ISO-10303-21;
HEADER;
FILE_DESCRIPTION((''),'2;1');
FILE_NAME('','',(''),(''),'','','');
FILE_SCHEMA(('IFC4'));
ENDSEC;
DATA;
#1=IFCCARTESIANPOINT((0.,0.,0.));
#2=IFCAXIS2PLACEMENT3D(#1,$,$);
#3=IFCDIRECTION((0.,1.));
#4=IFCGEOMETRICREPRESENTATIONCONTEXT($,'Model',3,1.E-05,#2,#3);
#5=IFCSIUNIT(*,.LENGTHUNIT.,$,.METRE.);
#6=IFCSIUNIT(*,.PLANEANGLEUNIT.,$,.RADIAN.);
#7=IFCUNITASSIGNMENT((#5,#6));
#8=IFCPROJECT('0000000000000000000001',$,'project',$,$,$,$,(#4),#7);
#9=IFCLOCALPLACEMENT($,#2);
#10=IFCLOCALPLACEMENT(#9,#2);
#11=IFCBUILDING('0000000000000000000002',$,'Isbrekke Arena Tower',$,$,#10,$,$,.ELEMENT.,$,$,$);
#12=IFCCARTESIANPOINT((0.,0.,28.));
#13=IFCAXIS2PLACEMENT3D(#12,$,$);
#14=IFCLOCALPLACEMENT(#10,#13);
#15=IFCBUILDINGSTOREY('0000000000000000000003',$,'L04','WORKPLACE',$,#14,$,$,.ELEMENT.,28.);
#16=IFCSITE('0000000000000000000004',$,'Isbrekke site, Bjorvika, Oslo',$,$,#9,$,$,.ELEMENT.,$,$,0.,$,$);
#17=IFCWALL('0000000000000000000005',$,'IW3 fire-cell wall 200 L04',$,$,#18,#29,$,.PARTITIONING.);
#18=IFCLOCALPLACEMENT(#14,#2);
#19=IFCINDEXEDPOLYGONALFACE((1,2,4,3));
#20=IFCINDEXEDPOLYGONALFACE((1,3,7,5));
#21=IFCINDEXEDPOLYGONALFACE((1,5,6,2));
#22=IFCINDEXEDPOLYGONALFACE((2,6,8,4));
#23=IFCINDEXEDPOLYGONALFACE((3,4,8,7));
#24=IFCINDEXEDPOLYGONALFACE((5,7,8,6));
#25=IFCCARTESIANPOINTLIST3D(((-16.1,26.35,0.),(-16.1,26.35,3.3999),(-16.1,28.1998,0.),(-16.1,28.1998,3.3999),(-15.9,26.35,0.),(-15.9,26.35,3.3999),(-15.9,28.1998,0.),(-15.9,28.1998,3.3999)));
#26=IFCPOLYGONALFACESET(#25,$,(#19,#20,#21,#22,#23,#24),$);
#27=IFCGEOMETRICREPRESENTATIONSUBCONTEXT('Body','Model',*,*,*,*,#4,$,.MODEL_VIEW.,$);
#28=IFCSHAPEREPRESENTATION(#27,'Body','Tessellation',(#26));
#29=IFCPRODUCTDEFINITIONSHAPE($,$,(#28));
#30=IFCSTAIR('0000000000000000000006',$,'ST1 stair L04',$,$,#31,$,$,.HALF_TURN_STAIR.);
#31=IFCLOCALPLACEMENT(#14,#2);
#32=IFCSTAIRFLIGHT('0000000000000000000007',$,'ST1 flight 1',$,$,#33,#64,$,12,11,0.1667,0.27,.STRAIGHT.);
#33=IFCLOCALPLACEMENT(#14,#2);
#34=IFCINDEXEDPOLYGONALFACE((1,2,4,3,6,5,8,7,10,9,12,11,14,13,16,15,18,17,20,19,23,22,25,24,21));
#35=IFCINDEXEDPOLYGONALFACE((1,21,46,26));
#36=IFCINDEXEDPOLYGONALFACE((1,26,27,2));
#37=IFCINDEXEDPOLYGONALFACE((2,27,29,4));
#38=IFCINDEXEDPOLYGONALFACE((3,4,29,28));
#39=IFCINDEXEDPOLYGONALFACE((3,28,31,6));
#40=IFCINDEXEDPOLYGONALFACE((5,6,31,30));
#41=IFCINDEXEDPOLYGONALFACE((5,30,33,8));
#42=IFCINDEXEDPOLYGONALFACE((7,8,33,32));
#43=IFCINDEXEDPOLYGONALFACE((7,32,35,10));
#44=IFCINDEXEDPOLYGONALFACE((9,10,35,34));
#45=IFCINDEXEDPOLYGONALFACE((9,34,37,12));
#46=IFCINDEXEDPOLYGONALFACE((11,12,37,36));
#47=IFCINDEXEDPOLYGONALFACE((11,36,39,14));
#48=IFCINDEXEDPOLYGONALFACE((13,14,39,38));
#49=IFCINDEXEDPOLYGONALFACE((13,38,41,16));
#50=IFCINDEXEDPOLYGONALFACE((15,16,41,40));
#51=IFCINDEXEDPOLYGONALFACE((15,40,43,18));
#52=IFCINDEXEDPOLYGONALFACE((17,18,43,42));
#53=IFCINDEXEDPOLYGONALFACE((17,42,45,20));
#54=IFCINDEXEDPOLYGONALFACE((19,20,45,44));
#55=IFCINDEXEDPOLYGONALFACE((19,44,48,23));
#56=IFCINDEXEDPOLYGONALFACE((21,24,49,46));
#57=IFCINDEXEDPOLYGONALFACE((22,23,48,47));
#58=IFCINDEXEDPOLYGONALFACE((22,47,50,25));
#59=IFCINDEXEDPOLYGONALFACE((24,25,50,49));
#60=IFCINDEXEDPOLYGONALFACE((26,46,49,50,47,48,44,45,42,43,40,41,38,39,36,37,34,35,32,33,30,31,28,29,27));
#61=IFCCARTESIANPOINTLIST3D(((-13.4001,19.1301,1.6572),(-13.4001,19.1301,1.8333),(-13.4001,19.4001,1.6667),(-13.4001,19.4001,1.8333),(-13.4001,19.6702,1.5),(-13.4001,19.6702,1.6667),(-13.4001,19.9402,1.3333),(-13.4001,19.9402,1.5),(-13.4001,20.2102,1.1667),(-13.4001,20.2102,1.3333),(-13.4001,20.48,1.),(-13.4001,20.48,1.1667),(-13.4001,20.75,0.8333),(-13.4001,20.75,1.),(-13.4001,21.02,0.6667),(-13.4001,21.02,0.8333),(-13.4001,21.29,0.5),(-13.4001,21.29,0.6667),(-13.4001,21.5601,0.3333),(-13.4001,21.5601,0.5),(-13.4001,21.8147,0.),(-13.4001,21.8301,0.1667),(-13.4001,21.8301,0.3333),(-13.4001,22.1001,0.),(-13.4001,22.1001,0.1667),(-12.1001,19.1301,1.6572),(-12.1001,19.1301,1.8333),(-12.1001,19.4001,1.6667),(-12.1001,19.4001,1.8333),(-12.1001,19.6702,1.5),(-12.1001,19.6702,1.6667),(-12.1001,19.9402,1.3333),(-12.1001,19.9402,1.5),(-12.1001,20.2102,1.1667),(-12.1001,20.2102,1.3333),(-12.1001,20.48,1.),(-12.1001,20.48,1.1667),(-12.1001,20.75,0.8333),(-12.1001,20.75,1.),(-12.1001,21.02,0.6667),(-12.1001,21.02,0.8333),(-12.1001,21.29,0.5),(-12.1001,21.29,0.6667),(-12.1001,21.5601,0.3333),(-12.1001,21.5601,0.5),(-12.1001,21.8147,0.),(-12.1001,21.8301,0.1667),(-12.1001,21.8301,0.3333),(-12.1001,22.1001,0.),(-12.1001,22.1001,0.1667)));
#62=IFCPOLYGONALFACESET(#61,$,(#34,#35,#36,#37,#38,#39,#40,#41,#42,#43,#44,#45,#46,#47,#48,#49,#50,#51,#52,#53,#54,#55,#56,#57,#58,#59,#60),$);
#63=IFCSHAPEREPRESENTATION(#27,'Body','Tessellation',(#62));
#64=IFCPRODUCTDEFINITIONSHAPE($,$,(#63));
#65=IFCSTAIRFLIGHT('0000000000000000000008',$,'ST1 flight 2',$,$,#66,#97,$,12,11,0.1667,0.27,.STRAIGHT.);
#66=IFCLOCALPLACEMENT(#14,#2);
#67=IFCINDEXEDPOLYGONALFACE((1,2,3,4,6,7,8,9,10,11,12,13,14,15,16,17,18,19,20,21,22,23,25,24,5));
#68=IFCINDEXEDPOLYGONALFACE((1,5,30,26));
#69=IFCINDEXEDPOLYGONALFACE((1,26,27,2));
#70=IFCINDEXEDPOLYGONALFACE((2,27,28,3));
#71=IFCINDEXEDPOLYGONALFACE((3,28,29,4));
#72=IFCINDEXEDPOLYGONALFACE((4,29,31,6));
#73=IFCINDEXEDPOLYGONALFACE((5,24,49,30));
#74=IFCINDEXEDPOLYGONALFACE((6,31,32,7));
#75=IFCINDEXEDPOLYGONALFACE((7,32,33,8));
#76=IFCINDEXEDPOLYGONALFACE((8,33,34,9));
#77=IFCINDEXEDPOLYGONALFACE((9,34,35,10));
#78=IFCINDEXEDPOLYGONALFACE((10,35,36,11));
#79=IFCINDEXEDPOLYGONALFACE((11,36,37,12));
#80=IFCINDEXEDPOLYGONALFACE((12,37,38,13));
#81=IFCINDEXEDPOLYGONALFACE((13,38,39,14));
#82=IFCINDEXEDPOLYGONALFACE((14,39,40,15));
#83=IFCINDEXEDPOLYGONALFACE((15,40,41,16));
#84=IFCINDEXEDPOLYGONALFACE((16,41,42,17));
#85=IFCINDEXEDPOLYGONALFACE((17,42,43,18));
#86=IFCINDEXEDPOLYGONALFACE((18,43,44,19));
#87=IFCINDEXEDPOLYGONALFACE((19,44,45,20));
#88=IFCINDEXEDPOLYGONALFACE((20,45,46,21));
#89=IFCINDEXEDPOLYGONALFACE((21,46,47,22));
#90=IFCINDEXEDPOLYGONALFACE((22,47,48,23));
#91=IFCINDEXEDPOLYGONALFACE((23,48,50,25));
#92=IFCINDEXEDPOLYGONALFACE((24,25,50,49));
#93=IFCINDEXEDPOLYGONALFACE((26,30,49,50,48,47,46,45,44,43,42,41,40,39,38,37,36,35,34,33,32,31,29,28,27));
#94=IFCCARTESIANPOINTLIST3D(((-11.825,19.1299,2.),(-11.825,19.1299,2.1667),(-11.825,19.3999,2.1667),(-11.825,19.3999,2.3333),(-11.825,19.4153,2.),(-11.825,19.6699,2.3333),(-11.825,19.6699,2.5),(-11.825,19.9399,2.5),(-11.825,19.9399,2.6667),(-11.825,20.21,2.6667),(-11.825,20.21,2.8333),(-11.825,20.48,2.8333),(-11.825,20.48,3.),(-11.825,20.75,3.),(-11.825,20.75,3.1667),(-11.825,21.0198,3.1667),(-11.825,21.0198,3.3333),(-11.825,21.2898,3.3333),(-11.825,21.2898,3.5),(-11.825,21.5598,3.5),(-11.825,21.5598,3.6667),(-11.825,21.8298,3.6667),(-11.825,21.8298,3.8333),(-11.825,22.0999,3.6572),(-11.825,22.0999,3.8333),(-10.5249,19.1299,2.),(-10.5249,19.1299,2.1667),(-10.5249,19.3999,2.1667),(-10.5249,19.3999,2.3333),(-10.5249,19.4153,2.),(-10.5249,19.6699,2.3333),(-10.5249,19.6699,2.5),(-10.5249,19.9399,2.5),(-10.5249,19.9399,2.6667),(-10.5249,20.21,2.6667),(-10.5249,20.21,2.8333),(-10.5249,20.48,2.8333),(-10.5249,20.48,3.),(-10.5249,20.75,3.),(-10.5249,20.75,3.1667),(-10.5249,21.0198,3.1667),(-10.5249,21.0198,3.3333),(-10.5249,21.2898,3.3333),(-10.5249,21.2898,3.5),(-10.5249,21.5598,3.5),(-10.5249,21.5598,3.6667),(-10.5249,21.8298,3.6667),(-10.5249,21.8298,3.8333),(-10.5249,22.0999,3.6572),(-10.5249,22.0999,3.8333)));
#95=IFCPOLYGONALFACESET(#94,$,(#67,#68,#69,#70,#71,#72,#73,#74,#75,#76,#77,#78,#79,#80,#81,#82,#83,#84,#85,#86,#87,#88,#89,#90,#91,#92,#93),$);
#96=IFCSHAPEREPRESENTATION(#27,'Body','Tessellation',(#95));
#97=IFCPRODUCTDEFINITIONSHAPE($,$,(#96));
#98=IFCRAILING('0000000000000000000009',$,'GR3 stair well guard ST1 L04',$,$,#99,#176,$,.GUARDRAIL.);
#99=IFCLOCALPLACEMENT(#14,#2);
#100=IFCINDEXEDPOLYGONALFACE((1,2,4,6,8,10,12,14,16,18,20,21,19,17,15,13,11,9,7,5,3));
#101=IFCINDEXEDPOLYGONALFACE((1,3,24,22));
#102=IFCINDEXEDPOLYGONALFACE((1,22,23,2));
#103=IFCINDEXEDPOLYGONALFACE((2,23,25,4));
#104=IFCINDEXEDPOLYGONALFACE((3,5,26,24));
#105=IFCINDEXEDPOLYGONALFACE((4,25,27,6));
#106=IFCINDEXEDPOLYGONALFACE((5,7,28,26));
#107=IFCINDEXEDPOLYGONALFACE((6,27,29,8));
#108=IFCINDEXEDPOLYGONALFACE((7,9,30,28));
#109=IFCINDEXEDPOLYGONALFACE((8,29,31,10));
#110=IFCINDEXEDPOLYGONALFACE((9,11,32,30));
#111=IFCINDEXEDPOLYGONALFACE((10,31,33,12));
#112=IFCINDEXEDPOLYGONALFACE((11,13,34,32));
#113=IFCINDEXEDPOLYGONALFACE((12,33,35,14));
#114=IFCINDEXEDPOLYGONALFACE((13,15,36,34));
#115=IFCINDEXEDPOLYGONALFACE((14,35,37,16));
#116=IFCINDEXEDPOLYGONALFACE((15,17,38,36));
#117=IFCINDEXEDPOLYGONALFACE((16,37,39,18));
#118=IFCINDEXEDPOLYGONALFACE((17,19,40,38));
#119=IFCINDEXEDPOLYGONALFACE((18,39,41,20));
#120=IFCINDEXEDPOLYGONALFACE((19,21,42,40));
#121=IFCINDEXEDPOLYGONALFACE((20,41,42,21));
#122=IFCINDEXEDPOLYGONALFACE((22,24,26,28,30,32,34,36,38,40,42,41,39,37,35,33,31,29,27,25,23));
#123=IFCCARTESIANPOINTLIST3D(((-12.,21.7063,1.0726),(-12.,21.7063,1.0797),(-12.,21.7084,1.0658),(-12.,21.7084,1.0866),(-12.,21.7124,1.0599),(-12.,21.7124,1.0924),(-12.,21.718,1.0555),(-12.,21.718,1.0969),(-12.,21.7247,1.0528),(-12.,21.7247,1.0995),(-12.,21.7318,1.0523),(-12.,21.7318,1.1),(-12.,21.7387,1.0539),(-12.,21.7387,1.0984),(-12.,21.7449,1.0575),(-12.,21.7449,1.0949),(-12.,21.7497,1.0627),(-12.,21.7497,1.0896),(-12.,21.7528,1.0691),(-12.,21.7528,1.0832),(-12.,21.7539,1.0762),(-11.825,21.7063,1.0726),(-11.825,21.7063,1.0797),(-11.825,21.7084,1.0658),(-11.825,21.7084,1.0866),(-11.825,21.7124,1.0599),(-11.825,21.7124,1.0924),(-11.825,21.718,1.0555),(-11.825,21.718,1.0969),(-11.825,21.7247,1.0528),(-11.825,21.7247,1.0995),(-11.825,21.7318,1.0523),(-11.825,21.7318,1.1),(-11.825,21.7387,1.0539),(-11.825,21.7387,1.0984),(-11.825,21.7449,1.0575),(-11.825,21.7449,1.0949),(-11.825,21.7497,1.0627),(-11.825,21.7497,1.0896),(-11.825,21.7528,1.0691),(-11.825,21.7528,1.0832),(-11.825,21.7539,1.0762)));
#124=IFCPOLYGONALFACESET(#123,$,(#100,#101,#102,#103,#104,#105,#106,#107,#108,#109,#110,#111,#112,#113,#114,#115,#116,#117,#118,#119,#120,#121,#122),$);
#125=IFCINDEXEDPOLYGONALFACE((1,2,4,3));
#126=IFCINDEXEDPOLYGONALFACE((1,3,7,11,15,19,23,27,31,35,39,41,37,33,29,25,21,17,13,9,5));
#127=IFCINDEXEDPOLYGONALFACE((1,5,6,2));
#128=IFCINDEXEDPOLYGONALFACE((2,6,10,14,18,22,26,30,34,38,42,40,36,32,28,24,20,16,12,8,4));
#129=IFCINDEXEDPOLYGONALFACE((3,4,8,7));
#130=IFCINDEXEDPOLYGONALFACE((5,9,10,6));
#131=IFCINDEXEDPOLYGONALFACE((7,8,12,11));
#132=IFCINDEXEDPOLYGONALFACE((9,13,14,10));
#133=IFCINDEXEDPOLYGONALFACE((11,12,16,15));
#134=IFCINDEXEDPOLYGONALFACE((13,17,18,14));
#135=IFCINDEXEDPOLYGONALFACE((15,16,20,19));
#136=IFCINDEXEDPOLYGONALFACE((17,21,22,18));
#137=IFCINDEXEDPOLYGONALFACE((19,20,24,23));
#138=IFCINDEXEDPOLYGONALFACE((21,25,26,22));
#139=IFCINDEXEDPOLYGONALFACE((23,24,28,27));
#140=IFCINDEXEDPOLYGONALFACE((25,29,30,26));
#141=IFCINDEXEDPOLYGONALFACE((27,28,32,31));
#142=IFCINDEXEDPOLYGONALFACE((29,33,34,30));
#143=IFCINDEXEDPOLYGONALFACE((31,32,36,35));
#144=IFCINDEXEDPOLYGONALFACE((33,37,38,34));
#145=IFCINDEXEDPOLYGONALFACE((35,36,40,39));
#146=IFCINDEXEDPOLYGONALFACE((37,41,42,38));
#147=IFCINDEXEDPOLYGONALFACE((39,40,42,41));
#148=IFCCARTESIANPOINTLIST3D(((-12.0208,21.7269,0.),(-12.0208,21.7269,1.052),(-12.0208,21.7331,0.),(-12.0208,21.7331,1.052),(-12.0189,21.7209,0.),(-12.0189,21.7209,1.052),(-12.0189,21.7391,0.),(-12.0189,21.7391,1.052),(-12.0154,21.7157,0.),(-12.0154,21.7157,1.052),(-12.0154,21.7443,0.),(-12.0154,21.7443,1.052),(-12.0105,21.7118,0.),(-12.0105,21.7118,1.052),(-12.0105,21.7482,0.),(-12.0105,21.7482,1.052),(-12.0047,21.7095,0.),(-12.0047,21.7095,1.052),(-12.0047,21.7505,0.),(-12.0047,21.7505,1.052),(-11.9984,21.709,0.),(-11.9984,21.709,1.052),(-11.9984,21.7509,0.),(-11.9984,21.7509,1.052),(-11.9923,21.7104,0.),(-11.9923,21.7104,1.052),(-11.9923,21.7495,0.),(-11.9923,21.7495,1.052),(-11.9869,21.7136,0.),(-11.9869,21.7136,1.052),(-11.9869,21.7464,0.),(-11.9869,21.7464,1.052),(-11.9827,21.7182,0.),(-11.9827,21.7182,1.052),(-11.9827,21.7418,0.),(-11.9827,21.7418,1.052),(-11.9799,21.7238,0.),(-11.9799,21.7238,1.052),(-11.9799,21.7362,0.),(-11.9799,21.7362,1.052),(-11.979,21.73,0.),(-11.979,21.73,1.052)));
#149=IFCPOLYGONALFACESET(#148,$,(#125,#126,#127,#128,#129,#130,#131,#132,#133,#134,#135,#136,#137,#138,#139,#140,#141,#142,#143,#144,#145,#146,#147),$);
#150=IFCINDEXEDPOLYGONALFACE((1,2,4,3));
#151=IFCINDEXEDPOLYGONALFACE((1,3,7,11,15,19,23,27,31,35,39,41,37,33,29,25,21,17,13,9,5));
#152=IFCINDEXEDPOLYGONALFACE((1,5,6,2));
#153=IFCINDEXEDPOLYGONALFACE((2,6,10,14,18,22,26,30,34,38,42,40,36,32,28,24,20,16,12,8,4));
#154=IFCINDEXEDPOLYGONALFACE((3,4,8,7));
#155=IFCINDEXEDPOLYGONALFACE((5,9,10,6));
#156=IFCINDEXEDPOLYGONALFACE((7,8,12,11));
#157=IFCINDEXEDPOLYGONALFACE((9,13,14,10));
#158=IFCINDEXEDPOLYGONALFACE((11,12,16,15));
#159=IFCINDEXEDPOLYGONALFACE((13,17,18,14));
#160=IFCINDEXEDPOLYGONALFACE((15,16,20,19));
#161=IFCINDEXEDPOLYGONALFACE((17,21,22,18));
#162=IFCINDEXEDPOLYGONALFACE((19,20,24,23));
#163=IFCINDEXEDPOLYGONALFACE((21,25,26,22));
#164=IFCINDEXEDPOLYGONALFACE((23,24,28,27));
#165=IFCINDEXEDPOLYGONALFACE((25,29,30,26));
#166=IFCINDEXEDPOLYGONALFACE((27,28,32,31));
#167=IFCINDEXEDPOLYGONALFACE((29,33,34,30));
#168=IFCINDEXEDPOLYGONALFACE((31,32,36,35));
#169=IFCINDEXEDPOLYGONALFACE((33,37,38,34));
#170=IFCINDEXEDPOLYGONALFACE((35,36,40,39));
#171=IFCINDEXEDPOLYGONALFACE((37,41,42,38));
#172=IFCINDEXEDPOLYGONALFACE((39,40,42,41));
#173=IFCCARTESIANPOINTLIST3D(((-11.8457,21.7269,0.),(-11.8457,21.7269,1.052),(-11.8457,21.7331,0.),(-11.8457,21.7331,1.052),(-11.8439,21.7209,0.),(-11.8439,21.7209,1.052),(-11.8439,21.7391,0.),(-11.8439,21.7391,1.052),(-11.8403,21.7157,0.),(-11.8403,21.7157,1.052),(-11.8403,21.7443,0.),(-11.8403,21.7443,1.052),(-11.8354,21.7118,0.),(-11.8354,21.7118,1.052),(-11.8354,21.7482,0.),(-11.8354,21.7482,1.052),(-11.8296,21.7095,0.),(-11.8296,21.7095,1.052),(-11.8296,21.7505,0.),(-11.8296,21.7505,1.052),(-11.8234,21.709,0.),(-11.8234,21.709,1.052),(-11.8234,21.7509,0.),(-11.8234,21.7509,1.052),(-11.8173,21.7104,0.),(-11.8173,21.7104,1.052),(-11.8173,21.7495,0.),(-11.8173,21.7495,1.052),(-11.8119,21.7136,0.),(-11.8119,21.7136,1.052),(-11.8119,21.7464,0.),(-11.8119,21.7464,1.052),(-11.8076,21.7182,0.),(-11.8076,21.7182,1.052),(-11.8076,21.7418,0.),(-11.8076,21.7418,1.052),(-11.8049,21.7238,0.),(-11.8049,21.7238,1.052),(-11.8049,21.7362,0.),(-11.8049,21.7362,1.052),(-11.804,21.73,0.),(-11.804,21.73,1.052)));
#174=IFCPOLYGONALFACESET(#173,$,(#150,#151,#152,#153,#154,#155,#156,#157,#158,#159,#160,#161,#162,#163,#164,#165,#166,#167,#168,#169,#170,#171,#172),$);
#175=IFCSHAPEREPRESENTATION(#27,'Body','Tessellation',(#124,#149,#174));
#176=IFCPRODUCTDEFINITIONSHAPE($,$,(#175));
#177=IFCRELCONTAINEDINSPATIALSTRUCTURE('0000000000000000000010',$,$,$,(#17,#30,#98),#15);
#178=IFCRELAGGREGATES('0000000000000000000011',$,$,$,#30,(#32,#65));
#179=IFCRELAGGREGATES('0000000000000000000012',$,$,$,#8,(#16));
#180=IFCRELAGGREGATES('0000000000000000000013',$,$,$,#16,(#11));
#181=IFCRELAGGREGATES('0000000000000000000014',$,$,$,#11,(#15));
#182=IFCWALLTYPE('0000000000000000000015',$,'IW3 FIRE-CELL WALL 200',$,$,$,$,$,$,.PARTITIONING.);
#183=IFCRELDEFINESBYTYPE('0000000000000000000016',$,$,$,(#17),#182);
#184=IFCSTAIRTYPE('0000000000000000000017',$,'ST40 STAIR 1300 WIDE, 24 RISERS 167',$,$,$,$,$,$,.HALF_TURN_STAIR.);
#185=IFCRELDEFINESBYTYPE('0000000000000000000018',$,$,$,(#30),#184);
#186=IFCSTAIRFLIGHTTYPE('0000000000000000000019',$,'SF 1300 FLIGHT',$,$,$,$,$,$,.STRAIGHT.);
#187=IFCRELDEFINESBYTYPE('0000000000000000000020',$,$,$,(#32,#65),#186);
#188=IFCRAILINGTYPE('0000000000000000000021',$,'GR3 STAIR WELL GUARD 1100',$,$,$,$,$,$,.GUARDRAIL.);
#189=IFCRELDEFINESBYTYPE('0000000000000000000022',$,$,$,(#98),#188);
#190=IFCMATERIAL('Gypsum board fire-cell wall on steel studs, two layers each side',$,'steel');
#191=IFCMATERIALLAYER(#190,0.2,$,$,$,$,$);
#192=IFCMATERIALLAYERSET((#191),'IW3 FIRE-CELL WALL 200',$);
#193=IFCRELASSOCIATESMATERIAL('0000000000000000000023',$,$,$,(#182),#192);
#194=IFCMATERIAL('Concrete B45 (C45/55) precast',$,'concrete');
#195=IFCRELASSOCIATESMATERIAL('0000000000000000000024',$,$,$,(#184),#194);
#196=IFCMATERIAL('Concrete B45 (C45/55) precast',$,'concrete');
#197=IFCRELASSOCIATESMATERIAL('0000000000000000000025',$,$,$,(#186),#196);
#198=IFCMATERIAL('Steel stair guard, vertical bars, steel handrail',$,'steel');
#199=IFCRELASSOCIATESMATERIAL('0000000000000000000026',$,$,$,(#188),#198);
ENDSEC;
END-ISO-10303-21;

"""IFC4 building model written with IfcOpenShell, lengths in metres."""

from ifc_helpers import new_model, si_unit, direction, frame, frame_2d, origin, origin_2d, place, context, subcontext, project, spatial, polyline, rectangle, circle, outline, extrude, material, layer, layer_set, type_object, element, aggregate, save


model = new_model("IFC4")

# Units and contexts
model_context = context("Model", 3, precision=1e-05, world=origin(), true_north=direction((0.0, 1.0)))
body_context = subcontext(model_context, "Body", "Model", "MODEL_VIEW")
ifc_project = project(units=[si_unit("LENGTHUNIT", "METRE"), si_unit("PLANEANGLEUNIT", "RADIAN")], contexts=[model_context])

# Site, building, storey
site_placement = place(None, origin())
site = spatial("IfcSite", under=ifc_project, at=site_placement, Name="Isbrekke site, Bjorvika, Oslo", CompositionType="ELEMENT", RefElevation=0.0)
building_placement = place(site_placement, origin())
building = spatial("IfcBuilding", under=site, at=building_placement, Name="Isbrekke Arena Tower", CompositionType="ELEMENT")
storey_placement = place(building_placement, frame((0.0, 0.0, 28.0)))
storey = spatial("IfcBuildingStorey", under=building, at=storey_placement, Name="L04", Description="WORKPLACE", CompositionType="ELEMENT", Elevation=28.0)

# Shared definitions
ifc_material_1 = material(Name="Gypsum board fire-cell wall on steel studs, two layers each side", Category="steel")
ifc_layer_1 = layer(ifc_material_1, 0.2)
ifc_layer_set_1 = layer_set([ifc_layer_1], Name="IW3 FIRE-CELL WALL 200")
wall_type_1 = type_object("IfcWallType", Name="IW3 FIRE-CELL WALL 200", PredefinedType="PARTITIONING", material=ifc_layer_set_1)

# Wall
wall_1_placement = place(storey_placement, frame((-16.0, 26.3501, 0.0), z_axis=(0.0, 0.0, 1.0), x_axis=(0.0, 1.0, 0.0)))
element("IfcWall", 1, at=wall_1_placement, inside=storey, type_object=wall_type_1, Name="IW3 fire-cell wall 200 L04", PredefinedType="PARTITIONING", context=body_context, shape_type="SweptSolid", body=[
    extrude(rectangle(XDim=1.8499, YDim=0.2, at=frame_2d((0.9248, 0.0))), origin(), (0.0, 0.0, 1.0), 3.3999),
])

# Stair, stair flights
ifc_material_2 = material(Name="Concrete B45 (C45/55) precast", Category="concrete")
stair_type = type_object("IfcStairType", Name="ST40 STAIR 1300 WIDE, 24 RISERS 167", PredefinedType="HALF_TURN_STAIR", material=ifc_material_2)
stair_placement = place(storey_placement, origin())
stair = element("IfcStair", 2, at=stair_placement, inside=storey, type_object=stair_type, Name="ST1 stair L04", PredefinedType="HALF_TURN_STAIR")
ifc_material_3 = material(Name="Concrete B45 (C45/55) precast", Category="concrete")
stair_flight_type = type_object("IfcStairFlightType", Name="SF 1300 FLIGHT", PredefinedType="STRAIGHT", material=ifc_material_3)
stair_flight_1_placement = place(storey_placement, frame((-12.75, 22.1001, 0.0), z_axis=(0.0, 0.0, 1.0), x_axis=(0.0, -1.0, 0.0)))
stair_flight_1 = element("IfcStairFlight", 3, at=stair_flight_1_placement, type_object=stair_flight_type, Name="ST1 flight 1", NumberOfRisers=12, NumberOfTreads=11, PredefinedType="STRAIGHT", RiserHeight=0.1667, TreadLength=0.27, context=body_context, shape_type="SweptSolid", body=[
    extrude(outline(polyline([(0.0, 0.0), (0.0, 0.1667), (0.27, 0.1667), (0.27, 0.3333), (0.54, 0.3333), (0.54, 0.5), (0.8101, 0.5), (0.8101, 0.6667), (1.0801, 0.6667), (1.0801, 0.8333), (1.3501, 0.8333), (1.3501, 1.0), (1.6201, 1.0), (1.6201, 1.1667), (1.8899, 1.1667), (1.8899, 1.3333), (2.1599, 1.3333), (2.1599, 1.5), (2.4299, 1.5), (2.4299, 1.6667), (2.7, 1.6667), (2.7, 1.8333), (2.97, 1.8333), (2.97, 2.0), (2.97, 1.6572), (0.2854, 0.0), (0.0, 0.0)])), frame((0.0, 0.6499, 0.0), z_axis=(0.0, -1.0, 0.0), x_axis=(1.0, 0.0, 0.0)), (0.0, 0.0, 1.0), 1.3),
])
stair_flight_2_placement = place(storey_placement, frame((-11.175, 19.1299, 2.0), z_axis=(0.0, 0.0, 1.0), x_axis=(0.0, 1.0, 0.0)))
stair_flight_2 = element("IfcStairFlight", 4, at=stair_flight_2_placement, type_object=stair_flight_type, Name="ST1 flight 2", NumberOfRisers=12, NumberOfTreads=11, PredefinedType="STRAIGHT", RiserHeight=0.1667, TreadLength=0.27, context=body_context, shape_type="SweptSolid", body=[
    extrude(outline(polyline([(0.0, 0.0), (0.0, 0.1667), (0.27, 0.1667), (0.27, 0.3333), (0.54, 0.3333), (0.54, 0.5), (0.8101, 0.5), (0.8101, 0.6667), (1.0801, 0.6667), (1.0801, 0.8333), (1.3501, 0.8333), (1.3501, 1.0), (1.6201, 1.0), (1.6201, 1.1667), (1.8899, 1.1667), (1.8899, 1.3333), (2.1599, 1.3333), (2.1599, 1.5), (2.4299, 1.5), (2.4299, 1.6667), (2.7, 1.6667), (2.7, 1.8333), (2.97, 1.8333), (2.97, 2.0), (2.97, 1.6572), (0.2854, 0.0), (0.0, 0.0)])), frame((0.0, 0.6499, 0.0), z_axis=(0.0, -1.0, 0.0), x_axis=(1.0, 0.0, 0.0)), (0.0, 0.0, 1.0), 1.3),
])
aggregate(stair, [stair_flight_1, stair_flight_2])

# Railing
ifc_material_4 = material(Name="Steel stair guard, vertical bars, steel handrail", Category="steel")
railing_type = type_object("IfcRailingType", Name="GR3 STAIR WELL GUARD 1100", PredefinedType="GUARDRAIL", material=ifc_material_4)
railing_1_placement = place(storey_placement, frame((-12.0, 21.73, 0.0)))
element("IfcRailing", 5, at=railing_1_placement, inside=storey, type_object=railing_type, Name="GR3 stair well guard ST1 L04", PredefinedType="GUARDRAIL", context=body_context, shape_type="SweptSolid", body=[
    extrude(circle(Radius=0.0239, at=origin_2d()), frame((0.0, 0.0, 1.0762), z_axis=(1.0, 0.0, 0.0), x_axis=(0.0, 1.0, 0.0)), (0.0, 0.0, 1.0), 0.175),
    extrude(circle(Radius=0.021, at=origin_2d()), origin(), (0.0, 0.0, 1.0), 1.052),
    extrude(circle(Radius=0.021, at=origin_2d()), frame((0.175, 0.0, 0.0)), (0.0, 0.0, 1.0), 1.052),
])

save(model, "model.ifc")
